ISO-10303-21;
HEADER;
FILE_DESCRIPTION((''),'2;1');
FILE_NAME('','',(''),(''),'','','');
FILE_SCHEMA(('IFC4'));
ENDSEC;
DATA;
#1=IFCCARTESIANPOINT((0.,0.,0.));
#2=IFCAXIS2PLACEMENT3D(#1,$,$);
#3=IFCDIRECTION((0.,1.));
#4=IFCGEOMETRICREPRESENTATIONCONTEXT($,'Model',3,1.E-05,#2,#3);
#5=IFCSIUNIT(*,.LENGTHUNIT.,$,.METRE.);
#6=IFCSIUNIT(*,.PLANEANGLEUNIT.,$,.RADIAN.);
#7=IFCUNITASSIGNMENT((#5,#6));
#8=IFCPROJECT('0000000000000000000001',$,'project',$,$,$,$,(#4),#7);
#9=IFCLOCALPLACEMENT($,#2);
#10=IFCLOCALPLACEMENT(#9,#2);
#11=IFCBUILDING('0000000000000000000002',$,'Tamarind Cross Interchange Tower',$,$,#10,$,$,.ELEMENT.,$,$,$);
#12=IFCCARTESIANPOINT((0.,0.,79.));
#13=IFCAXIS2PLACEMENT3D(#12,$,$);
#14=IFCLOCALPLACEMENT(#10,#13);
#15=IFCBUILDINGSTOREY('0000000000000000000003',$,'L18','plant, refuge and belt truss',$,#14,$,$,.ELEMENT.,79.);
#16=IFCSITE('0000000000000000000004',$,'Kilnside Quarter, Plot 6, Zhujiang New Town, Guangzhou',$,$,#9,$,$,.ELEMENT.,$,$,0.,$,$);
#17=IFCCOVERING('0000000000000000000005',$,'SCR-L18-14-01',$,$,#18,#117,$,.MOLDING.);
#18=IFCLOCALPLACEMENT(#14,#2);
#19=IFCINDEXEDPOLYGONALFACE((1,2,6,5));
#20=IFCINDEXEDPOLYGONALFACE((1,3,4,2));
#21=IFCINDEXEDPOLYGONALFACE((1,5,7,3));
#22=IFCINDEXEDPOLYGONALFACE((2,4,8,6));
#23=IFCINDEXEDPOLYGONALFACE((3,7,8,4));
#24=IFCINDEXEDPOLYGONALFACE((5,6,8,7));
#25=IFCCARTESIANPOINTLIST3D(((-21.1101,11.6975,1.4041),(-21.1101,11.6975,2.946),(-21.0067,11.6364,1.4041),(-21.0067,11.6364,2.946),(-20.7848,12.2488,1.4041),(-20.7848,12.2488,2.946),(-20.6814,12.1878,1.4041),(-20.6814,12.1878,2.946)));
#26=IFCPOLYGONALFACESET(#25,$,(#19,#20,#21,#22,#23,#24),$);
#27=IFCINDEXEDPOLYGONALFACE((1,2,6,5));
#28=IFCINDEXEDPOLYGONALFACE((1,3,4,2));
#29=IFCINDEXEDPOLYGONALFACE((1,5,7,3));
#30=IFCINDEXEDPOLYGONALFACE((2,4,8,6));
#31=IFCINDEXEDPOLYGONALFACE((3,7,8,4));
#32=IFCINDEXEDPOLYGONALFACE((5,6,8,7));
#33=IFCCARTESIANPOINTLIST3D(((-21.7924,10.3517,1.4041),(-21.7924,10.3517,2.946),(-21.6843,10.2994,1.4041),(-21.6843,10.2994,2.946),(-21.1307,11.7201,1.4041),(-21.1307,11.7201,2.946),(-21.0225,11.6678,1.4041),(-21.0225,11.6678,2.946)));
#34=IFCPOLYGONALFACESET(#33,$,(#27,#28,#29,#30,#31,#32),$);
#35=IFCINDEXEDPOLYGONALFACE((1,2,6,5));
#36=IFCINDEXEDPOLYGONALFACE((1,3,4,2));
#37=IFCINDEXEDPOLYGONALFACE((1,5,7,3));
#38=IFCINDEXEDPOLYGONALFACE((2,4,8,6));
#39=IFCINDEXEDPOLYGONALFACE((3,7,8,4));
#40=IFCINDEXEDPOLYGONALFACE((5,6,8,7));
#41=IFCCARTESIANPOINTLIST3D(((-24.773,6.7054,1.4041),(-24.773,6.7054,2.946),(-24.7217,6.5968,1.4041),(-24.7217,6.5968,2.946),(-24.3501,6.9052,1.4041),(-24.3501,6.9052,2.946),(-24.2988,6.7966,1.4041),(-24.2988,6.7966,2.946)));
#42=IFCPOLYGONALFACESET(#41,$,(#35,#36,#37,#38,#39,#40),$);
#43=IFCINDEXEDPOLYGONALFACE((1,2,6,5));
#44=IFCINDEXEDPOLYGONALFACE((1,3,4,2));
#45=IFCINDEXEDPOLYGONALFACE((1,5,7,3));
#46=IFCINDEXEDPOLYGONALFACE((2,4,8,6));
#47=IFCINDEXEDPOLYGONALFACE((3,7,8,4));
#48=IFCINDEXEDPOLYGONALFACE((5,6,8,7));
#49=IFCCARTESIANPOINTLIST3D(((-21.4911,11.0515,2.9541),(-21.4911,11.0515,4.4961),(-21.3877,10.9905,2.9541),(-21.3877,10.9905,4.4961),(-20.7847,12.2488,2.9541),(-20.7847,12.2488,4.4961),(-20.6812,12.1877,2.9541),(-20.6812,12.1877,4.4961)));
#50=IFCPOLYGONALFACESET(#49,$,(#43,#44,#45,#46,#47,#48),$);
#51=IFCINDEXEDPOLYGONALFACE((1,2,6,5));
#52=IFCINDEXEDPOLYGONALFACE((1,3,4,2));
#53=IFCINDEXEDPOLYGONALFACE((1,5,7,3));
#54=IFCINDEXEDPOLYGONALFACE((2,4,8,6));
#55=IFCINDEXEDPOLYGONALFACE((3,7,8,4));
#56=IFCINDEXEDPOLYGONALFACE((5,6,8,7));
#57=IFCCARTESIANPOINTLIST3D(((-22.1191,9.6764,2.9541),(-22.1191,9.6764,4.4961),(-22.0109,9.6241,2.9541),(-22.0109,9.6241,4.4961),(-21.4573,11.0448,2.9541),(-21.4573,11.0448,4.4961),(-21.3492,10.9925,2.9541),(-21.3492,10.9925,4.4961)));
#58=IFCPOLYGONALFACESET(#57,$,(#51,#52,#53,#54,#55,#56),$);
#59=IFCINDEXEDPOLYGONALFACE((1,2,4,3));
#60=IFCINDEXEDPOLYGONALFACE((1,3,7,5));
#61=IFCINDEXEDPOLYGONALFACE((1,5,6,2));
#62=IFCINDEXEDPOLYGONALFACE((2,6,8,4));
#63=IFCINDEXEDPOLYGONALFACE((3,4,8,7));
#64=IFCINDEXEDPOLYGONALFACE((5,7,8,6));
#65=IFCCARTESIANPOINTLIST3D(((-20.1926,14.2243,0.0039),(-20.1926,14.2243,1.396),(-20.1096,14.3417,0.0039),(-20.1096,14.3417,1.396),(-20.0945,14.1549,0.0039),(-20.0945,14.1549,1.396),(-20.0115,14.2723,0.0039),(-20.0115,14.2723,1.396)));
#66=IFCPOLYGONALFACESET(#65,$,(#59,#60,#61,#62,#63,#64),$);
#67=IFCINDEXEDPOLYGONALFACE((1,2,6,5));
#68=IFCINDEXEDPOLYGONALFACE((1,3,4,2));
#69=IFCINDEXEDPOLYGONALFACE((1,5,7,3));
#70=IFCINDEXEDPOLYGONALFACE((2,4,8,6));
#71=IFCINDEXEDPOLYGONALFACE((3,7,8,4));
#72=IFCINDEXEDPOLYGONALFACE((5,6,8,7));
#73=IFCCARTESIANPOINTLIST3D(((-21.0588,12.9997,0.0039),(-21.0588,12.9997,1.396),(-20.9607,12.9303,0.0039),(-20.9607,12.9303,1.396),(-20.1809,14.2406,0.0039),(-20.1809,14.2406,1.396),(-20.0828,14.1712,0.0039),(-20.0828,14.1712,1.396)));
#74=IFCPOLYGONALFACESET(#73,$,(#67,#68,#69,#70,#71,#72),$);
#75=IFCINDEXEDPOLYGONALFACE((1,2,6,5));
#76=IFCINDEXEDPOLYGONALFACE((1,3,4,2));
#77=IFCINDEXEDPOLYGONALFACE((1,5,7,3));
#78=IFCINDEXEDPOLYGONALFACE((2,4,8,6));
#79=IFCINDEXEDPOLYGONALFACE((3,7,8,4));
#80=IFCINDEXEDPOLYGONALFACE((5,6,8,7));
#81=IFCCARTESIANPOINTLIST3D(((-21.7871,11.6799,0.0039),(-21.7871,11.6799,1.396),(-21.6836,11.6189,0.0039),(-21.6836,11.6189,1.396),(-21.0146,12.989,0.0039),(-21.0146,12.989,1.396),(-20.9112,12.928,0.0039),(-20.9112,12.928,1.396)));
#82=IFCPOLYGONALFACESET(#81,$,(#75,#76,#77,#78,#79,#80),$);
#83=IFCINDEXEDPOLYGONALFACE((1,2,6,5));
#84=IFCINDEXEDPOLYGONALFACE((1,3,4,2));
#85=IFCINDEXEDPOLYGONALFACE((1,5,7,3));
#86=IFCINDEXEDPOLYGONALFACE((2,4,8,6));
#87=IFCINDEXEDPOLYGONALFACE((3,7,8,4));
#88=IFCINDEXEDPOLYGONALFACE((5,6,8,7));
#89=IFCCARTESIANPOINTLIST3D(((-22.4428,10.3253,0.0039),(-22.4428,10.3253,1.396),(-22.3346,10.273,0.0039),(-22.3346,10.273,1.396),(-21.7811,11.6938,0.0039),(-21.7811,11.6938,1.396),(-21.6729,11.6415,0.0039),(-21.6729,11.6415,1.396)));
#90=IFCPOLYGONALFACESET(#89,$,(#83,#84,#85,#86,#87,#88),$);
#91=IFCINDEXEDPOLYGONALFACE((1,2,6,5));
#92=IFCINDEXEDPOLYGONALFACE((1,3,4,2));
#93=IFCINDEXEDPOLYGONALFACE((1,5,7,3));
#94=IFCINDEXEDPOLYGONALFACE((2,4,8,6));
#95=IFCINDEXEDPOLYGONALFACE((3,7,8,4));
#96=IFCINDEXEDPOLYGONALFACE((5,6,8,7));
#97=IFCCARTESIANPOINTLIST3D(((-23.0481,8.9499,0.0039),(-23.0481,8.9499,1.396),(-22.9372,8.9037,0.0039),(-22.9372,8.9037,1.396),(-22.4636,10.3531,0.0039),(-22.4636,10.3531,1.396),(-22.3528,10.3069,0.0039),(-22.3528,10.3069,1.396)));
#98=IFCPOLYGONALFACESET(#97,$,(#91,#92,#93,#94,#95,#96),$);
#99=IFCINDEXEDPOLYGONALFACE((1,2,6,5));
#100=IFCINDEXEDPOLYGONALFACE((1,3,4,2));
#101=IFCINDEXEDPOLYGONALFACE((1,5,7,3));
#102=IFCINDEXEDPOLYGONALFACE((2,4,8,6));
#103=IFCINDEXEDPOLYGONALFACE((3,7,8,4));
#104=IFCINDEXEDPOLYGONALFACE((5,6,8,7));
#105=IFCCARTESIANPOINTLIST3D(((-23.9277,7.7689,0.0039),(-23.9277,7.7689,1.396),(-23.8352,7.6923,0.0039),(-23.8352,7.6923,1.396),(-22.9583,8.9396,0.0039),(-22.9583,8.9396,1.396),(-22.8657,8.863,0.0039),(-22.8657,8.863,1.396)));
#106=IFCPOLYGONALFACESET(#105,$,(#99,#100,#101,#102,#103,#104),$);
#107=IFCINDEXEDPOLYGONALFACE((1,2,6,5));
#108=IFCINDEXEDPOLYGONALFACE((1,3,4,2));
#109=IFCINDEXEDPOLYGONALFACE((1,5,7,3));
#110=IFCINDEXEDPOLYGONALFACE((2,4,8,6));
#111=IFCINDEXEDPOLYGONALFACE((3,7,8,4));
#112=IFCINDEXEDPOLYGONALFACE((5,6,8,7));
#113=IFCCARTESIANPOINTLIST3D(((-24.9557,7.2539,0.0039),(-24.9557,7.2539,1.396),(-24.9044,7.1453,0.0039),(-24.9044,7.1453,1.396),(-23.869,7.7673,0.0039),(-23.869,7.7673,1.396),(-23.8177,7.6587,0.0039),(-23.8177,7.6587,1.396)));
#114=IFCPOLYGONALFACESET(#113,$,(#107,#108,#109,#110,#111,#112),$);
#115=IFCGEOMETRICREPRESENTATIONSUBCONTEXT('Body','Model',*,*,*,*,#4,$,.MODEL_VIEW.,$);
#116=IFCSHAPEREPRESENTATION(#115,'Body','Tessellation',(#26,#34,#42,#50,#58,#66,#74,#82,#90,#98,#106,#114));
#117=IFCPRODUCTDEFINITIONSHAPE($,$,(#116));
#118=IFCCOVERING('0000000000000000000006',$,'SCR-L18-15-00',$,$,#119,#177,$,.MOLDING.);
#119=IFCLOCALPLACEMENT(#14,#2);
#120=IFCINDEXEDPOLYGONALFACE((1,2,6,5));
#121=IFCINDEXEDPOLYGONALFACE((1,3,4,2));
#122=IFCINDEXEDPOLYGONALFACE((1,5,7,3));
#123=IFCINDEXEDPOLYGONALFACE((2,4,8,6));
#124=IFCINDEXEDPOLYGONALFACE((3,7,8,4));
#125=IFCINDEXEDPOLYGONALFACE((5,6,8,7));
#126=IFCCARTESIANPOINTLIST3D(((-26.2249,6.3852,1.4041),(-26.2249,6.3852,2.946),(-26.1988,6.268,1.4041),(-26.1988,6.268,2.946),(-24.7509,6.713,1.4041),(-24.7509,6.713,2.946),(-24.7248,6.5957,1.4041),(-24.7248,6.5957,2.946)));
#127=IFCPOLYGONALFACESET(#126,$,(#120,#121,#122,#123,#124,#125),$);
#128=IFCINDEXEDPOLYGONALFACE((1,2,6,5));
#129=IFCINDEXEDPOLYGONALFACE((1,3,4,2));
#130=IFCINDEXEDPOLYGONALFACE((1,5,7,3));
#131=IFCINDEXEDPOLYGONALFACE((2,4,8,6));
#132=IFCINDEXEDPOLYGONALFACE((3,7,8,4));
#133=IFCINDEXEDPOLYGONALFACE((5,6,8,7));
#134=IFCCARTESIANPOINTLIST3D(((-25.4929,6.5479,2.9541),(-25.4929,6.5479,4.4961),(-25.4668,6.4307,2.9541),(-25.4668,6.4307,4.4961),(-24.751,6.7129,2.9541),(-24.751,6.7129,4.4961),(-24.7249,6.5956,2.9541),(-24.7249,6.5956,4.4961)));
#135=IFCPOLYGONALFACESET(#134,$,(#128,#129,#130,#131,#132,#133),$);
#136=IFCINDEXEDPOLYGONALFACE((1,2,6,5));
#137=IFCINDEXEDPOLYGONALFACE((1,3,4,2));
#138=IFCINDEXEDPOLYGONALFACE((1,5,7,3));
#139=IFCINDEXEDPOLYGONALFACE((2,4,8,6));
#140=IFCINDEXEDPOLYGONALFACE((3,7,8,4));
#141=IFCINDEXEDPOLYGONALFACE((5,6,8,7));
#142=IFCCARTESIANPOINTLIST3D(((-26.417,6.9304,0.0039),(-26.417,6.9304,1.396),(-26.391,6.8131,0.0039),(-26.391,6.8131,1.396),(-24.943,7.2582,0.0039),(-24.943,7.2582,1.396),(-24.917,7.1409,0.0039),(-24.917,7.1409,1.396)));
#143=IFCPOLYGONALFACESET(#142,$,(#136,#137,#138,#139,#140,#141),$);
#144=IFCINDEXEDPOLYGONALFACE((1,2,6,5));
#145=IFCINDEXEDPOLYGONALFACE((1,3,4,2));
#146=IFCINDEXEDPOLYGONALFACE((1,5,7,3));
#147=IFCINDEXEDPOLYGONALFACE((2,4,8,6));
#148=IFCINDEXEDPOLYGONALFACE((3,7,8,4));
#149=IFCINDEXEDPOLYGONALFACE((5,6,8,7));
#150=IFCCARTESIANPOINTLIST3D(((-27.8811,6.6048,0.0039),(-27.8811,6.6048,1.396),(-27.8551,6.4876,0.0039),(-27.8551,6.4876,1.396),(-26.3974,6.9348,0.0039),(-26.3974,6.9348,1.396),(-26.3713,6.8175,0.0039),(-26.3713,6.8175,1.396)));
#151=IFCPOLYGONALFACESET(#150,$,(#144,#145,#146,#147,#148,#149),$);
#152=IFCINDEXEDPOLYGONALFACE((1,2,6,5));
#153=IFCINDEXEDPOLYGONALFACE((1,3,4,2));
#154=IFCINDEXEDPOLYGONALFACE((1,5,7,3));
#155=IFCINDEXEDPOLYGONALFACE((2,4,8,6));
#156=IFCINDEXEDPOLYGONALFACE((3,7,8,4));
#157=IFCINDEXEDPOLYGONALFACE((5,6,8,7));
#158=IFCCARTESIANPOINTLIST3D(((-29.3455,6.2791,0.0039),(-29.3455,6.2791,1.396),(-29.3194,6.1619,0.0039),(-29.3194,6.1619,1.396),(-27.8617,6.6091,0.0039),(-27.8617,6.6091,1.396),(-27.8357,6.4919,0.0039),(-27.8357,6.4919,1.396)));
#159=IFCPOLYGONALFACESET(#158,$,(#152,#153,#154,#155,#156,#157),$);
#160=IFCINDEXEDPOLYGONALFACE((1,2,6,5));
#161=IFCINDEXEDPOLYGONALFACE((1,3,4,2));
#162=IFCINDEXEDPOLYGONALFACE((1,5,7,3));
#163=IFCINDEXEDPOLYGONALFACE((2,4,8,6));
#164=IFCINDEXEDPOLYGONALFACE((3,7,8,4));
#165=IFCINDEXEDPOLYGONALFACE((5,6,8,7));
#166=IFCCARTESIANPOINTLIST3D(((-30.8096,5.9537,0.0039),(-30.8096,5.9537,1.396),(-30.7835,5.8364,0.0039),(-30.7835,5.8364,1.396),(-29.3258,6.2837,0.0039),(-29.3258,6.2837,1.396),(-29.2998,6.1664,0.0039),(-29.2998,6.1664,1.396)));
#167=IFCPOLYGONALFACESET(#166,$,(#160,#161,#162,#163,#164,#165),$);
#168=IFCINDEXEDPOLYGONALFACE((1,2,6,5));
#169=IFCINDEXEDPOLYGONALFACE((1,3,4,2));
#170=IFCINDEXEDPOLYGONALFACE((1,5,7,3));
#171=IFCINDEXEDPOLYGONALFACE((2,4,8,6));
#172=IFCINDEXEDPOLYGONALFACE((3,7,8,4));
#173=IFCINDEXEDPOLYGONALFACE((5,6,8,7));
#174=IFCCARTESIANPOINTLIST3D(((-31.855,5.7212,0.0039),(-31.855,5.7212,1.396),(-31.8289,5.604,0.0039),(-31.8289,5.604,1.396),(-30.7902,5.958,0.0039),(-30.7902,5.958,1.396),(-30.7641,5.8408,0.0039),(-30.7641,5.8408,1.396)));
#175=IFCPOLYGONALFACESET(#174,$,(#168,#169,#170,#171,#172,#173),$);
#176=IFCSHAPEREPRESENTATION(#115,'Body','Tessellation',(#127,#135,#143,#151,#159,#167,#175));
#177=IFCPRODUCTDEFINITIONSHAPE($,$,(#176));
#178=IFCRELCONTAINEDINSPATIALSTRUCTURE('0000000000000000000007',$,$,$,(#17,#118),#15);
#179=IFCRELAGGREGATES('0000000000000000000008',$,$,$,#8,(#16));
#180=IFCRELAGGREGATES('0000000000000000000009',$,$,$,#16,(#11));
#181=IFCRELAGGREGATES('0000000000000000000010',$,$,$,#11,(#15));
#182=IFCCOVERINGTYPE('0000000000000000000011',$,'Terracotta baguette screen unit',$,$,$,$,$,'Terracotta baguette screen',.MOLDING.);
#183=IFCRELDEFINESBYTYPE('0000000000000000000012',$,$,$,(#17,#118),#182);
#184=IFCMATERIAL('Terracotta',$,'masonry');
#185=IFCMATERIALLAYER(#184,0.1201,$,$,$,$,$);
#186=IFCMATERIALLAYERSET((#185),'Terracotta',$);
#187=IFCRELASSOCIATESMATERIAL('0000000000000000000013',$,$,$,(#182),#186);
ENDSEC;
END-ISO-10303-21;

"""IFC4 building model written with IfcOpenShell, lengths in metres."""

from ifc_helpers import new_model, si_unit, direction, frame, origin, origin_2d, place, context, subcontext, project, spatial, rectangle, extrude, material, layer, layer_set, type_object, element, save


model = new_model("IFC4")

# Units and contexts
model_context = context("Model", 3, precision=1e-05, world=origin(), true_north=direction((0.0, 1.0)))
body_context = subcontext(model_context, "Body", "Model", "MODEL_VIEW")
ifc_project = project(units=[si_unit("LENGTHUNIT", "METRE"), si_unit("PLANEANGLEUNIT", "RADIAN")], contexts=[model_context])

# Site, building, storey
site_placement = place(None, origin())
site = spatial("IfcSite", under=ifc_project, at=site_placement, Name="Kilnside Quarter, Plot 6, Zhujiang New Town, Guangzhou", CompositionType="ELEMENT", RefElevation=0.0)
building_placement = place(site_placement, origin())
building = spatial("IfcBuilding", under=site, at=building_placement, Name="Tamarind Cross Interchange Tower", CompositionType="ELEMENT")
storey_placement = place(building_placement, frame((0.0, 0.0, 79.0)))
storey = spatial("IfcBuildingStorey", under=building, at=storey_placement, Name="L18", Description="plant, refuge and belt truss", CompositionType="ELEMENT", Elevation=79.0)

# Coverings
ifc_material_1 = material(Name="Terracotta", Category="masonry")
ifc_layer_1 = layer(ifc_material_1, 0.1201)
ifc_layer_set_1 = layer_set([ifc_layer_1], Name="Terracotta")
covering_type = type_object("IfcCoveringType", Name="Terracotta baguette screen unit", ElementType="Terracotta baguette screen", PredefinedType="MOLDING", material=ifc_layer_set_1)
covering_1_placement = place(storey_placement, origin())
element("IfcCovering", 1, at=covering_1_placement, inside=storey, type_object=covering_type, Name="SCR-L18-14-01", PredefinedType="MOLDING", context=body_context, shape_type="SweptSolid", body=[
    extrude(rectangle(XDim=0.6401, YDim=0.1201, at=origin_2d()), frame((-20.8958, 11.9426, 1.4041), z_axis=(0.0, 0.0, 1.0), x_axis=(-0.508183, -0.861249, 0.0)), (0.0, 0.0, 1.0), 1.542),
    extrude(rectangle(XDim=1.52, YDim=0.1201, at=origin_2d()), frame((-21.4075, 11.0098, 1.4041), z_axis=(0.0, 0.0, 1.0), x_axis=(-0.435326, -0.900273, 0.0)), (0.0, 0.0, 1.0), 1.542),
    extrude(rectangle(XDim=0.4678, YDim=0.1201, at=origin_2d()), frame((-24.5359, 6.751, 1.4041), z_axis=(0.0, 0.0, 1.0), x_axis=(-0.904149, -0.427217, 0.0)), (0.0, 0.0, 1.0), 1.542),
    extrude(rectangle(XDim=1.3901, YDim=0.1201, at=origin_2d()), frame((-21.0862, 11.6196, 2.9541), z_axis=(0.0, 0.0, 1.0), x_axis=(-0.508183, -0.861249, 0.0)), (0.0, 0.0, 1.0), 1.542),
    extrude(rectangle(XDim=1.52, YDim=0.1201, at=origin_2d()), frame((-21.7341, 10.3345, 2.9541), z_axis=(0.0, 0.0, 1.0), x_axis=(-0.435326, -0.900273, 0.0)), (0.0, 0.0, 1.0), 1.542),
    extrude(rectangle(XDim=0.1438, YDim=0.1201, at=origin_2d()), frame((-20.1021, 14.2483, 0.0039), z_axis=(0.0, 0.0, 1.0), x_axis=(-0.577569, -0.816342, 0.0)), (0.0, 0.0, 1.0), 1.3921),
    extrude(rectangle(XDim=1.52, YDim=0.1201, at=origin_2d()), frame((-20.5708, 13.5854, 0.0039), z_axis=(0.0, 0.0, 1.0), x_axis=(-0.577569, -0.816342, 0.0)), (0.0, 0.0, 1.0), 1.3921),
    extrude(rectangle(XDim=1.52, YDim=0.1201, at=origin_2d()), frame((-21.3491, 12.304, 0.0039), z_axis=(0.0, 0.0, 1.0), x_axis=(-0.508183, -0.861249, 0.0)), (0.0, 0.0, 1.0), 1.3921),
    extrude(rectangle(XDim=1.52, YDim=0.1201, at=origin_2d()), frame((-22.0579, 10.9834, 0.0039), z_axis=(0.0, 0.0, 1.0), x_axis=(-0.435326, -0.900273, 0.0)), (0.0, 0.0, 1.0), 1.3921),
    extrude(rectangle(XDim=1.52, YDim=0.1201, at=origin_2d()), frame((-22.7004, 9.6284, 0.0039), z_axis=(0.0, 0.0, 1.0), x_axis=(-0.384517, -0.923118, 0.0)), (0.0, 0.0, 1.0), 1.3921),
    extrude(rectangle(XDim=1.52, YDim=0.1201, at=origin_2d()), frame((-23.3967, 8.3159, 0.0039), z_axis=(0.0, 0.0, 1.0), x_axis=(-0.637801, -0.770201, 0.0)), (0.0, 0.0, 1.0), 1.3921),
    extrude(rectangle(XDim=1.2019, YDim=0.1201, at=origin_2d()), frame((-24.3867, 7.4563, 0.0039), z_axis=(0.0, 0.0, 1.0), x_axis=(-0.904149, -0.427217, 0.0)), (0.0, 0.0, 1.0), 1.3921),
])
covering_2_placement = place(storey_placement, origin())
element("IfcCovering", 2, at=covering_2_placement, inside=storey, type_object=covering_type, Name="SCR-L18-15-00", PredefinedType="MOLDING", context=body_context, shape_type="SweptSolid", body=[
    extrude(rectangle(XDim=1.51, YDim=0.1201, at=origin_2d()), frame((-25.4749, 6.4905, 1.4041), z_axis=(0.0, 0.0, 1.0), x_axis=(-0.976154, -0.21708, 0.0)), (0.0, 0.0, 1.0), 1.542),
    extrude(rectangle(XDim=0.76, YDim=0.1201, at=origin_2d()), frame((-25.1089, 6.5718, 2.9541), z_axis=(0.0, 0.0, 1.0), x_axis=(-0.976154, -0.21708, 0.0)), (0.0, 0.0, 1.0), 1.542),
    extrude(rectangle(XDim=1.51, YDim=0.1201, at=origin_2d()), frame((-25.667, 7.0356, 0.0039), z_axis=(0.0, 0.0, 1.0), x_axis=(-0.976154, -0.21708, 0.0)), (0.0, 0.0, 1.0), 1.3921),
    extrude(rectangle(XDim=1.52, YDim=0.1201, at=origin_2d()), frame((-27.1262, 6.7112, 0.0039), z_axis=(0.0, 0.0, 1.0), x_axis=(-0.976154, -0.21708, 0.0)), (0.0, 0.0, 1.0), 1.3921),
    extrude(rectangle(XDim=1.52, YDim=0.1201, at=origin_2d()), frame((-28.5906, 6.3855, 0.0039), z_axis=(0.0, 0.0, 1.0), x_axis=(-0.976154, -0.21708, 0.0)), (0.0, 0.0, 1.0), 1.3921),
    extrude(rectangle(XDim=1.52, YDim=0.1201, at=origin_2d()), frame((-30.0547, 6.0601, 0.0039), z_axis=(0.0, 0.0, 1.0), x_axis=(-0.976154, -0.21708, 0.0)), (0.0, 0.0, 1.0), 1.3921),
    extrude(rectangle(XDim=1.0908, YDim=0.1201, at=origin_2d()), frame((-31.3096, 5.781, 0.0039), z_axis=(0.0, 0.0, 1.0), x_axis=(-0.976154, -0.21708, 0.0)), (0.0, 0.0, 1.0), 1.3921),
])

save(model, "model.ifc")
